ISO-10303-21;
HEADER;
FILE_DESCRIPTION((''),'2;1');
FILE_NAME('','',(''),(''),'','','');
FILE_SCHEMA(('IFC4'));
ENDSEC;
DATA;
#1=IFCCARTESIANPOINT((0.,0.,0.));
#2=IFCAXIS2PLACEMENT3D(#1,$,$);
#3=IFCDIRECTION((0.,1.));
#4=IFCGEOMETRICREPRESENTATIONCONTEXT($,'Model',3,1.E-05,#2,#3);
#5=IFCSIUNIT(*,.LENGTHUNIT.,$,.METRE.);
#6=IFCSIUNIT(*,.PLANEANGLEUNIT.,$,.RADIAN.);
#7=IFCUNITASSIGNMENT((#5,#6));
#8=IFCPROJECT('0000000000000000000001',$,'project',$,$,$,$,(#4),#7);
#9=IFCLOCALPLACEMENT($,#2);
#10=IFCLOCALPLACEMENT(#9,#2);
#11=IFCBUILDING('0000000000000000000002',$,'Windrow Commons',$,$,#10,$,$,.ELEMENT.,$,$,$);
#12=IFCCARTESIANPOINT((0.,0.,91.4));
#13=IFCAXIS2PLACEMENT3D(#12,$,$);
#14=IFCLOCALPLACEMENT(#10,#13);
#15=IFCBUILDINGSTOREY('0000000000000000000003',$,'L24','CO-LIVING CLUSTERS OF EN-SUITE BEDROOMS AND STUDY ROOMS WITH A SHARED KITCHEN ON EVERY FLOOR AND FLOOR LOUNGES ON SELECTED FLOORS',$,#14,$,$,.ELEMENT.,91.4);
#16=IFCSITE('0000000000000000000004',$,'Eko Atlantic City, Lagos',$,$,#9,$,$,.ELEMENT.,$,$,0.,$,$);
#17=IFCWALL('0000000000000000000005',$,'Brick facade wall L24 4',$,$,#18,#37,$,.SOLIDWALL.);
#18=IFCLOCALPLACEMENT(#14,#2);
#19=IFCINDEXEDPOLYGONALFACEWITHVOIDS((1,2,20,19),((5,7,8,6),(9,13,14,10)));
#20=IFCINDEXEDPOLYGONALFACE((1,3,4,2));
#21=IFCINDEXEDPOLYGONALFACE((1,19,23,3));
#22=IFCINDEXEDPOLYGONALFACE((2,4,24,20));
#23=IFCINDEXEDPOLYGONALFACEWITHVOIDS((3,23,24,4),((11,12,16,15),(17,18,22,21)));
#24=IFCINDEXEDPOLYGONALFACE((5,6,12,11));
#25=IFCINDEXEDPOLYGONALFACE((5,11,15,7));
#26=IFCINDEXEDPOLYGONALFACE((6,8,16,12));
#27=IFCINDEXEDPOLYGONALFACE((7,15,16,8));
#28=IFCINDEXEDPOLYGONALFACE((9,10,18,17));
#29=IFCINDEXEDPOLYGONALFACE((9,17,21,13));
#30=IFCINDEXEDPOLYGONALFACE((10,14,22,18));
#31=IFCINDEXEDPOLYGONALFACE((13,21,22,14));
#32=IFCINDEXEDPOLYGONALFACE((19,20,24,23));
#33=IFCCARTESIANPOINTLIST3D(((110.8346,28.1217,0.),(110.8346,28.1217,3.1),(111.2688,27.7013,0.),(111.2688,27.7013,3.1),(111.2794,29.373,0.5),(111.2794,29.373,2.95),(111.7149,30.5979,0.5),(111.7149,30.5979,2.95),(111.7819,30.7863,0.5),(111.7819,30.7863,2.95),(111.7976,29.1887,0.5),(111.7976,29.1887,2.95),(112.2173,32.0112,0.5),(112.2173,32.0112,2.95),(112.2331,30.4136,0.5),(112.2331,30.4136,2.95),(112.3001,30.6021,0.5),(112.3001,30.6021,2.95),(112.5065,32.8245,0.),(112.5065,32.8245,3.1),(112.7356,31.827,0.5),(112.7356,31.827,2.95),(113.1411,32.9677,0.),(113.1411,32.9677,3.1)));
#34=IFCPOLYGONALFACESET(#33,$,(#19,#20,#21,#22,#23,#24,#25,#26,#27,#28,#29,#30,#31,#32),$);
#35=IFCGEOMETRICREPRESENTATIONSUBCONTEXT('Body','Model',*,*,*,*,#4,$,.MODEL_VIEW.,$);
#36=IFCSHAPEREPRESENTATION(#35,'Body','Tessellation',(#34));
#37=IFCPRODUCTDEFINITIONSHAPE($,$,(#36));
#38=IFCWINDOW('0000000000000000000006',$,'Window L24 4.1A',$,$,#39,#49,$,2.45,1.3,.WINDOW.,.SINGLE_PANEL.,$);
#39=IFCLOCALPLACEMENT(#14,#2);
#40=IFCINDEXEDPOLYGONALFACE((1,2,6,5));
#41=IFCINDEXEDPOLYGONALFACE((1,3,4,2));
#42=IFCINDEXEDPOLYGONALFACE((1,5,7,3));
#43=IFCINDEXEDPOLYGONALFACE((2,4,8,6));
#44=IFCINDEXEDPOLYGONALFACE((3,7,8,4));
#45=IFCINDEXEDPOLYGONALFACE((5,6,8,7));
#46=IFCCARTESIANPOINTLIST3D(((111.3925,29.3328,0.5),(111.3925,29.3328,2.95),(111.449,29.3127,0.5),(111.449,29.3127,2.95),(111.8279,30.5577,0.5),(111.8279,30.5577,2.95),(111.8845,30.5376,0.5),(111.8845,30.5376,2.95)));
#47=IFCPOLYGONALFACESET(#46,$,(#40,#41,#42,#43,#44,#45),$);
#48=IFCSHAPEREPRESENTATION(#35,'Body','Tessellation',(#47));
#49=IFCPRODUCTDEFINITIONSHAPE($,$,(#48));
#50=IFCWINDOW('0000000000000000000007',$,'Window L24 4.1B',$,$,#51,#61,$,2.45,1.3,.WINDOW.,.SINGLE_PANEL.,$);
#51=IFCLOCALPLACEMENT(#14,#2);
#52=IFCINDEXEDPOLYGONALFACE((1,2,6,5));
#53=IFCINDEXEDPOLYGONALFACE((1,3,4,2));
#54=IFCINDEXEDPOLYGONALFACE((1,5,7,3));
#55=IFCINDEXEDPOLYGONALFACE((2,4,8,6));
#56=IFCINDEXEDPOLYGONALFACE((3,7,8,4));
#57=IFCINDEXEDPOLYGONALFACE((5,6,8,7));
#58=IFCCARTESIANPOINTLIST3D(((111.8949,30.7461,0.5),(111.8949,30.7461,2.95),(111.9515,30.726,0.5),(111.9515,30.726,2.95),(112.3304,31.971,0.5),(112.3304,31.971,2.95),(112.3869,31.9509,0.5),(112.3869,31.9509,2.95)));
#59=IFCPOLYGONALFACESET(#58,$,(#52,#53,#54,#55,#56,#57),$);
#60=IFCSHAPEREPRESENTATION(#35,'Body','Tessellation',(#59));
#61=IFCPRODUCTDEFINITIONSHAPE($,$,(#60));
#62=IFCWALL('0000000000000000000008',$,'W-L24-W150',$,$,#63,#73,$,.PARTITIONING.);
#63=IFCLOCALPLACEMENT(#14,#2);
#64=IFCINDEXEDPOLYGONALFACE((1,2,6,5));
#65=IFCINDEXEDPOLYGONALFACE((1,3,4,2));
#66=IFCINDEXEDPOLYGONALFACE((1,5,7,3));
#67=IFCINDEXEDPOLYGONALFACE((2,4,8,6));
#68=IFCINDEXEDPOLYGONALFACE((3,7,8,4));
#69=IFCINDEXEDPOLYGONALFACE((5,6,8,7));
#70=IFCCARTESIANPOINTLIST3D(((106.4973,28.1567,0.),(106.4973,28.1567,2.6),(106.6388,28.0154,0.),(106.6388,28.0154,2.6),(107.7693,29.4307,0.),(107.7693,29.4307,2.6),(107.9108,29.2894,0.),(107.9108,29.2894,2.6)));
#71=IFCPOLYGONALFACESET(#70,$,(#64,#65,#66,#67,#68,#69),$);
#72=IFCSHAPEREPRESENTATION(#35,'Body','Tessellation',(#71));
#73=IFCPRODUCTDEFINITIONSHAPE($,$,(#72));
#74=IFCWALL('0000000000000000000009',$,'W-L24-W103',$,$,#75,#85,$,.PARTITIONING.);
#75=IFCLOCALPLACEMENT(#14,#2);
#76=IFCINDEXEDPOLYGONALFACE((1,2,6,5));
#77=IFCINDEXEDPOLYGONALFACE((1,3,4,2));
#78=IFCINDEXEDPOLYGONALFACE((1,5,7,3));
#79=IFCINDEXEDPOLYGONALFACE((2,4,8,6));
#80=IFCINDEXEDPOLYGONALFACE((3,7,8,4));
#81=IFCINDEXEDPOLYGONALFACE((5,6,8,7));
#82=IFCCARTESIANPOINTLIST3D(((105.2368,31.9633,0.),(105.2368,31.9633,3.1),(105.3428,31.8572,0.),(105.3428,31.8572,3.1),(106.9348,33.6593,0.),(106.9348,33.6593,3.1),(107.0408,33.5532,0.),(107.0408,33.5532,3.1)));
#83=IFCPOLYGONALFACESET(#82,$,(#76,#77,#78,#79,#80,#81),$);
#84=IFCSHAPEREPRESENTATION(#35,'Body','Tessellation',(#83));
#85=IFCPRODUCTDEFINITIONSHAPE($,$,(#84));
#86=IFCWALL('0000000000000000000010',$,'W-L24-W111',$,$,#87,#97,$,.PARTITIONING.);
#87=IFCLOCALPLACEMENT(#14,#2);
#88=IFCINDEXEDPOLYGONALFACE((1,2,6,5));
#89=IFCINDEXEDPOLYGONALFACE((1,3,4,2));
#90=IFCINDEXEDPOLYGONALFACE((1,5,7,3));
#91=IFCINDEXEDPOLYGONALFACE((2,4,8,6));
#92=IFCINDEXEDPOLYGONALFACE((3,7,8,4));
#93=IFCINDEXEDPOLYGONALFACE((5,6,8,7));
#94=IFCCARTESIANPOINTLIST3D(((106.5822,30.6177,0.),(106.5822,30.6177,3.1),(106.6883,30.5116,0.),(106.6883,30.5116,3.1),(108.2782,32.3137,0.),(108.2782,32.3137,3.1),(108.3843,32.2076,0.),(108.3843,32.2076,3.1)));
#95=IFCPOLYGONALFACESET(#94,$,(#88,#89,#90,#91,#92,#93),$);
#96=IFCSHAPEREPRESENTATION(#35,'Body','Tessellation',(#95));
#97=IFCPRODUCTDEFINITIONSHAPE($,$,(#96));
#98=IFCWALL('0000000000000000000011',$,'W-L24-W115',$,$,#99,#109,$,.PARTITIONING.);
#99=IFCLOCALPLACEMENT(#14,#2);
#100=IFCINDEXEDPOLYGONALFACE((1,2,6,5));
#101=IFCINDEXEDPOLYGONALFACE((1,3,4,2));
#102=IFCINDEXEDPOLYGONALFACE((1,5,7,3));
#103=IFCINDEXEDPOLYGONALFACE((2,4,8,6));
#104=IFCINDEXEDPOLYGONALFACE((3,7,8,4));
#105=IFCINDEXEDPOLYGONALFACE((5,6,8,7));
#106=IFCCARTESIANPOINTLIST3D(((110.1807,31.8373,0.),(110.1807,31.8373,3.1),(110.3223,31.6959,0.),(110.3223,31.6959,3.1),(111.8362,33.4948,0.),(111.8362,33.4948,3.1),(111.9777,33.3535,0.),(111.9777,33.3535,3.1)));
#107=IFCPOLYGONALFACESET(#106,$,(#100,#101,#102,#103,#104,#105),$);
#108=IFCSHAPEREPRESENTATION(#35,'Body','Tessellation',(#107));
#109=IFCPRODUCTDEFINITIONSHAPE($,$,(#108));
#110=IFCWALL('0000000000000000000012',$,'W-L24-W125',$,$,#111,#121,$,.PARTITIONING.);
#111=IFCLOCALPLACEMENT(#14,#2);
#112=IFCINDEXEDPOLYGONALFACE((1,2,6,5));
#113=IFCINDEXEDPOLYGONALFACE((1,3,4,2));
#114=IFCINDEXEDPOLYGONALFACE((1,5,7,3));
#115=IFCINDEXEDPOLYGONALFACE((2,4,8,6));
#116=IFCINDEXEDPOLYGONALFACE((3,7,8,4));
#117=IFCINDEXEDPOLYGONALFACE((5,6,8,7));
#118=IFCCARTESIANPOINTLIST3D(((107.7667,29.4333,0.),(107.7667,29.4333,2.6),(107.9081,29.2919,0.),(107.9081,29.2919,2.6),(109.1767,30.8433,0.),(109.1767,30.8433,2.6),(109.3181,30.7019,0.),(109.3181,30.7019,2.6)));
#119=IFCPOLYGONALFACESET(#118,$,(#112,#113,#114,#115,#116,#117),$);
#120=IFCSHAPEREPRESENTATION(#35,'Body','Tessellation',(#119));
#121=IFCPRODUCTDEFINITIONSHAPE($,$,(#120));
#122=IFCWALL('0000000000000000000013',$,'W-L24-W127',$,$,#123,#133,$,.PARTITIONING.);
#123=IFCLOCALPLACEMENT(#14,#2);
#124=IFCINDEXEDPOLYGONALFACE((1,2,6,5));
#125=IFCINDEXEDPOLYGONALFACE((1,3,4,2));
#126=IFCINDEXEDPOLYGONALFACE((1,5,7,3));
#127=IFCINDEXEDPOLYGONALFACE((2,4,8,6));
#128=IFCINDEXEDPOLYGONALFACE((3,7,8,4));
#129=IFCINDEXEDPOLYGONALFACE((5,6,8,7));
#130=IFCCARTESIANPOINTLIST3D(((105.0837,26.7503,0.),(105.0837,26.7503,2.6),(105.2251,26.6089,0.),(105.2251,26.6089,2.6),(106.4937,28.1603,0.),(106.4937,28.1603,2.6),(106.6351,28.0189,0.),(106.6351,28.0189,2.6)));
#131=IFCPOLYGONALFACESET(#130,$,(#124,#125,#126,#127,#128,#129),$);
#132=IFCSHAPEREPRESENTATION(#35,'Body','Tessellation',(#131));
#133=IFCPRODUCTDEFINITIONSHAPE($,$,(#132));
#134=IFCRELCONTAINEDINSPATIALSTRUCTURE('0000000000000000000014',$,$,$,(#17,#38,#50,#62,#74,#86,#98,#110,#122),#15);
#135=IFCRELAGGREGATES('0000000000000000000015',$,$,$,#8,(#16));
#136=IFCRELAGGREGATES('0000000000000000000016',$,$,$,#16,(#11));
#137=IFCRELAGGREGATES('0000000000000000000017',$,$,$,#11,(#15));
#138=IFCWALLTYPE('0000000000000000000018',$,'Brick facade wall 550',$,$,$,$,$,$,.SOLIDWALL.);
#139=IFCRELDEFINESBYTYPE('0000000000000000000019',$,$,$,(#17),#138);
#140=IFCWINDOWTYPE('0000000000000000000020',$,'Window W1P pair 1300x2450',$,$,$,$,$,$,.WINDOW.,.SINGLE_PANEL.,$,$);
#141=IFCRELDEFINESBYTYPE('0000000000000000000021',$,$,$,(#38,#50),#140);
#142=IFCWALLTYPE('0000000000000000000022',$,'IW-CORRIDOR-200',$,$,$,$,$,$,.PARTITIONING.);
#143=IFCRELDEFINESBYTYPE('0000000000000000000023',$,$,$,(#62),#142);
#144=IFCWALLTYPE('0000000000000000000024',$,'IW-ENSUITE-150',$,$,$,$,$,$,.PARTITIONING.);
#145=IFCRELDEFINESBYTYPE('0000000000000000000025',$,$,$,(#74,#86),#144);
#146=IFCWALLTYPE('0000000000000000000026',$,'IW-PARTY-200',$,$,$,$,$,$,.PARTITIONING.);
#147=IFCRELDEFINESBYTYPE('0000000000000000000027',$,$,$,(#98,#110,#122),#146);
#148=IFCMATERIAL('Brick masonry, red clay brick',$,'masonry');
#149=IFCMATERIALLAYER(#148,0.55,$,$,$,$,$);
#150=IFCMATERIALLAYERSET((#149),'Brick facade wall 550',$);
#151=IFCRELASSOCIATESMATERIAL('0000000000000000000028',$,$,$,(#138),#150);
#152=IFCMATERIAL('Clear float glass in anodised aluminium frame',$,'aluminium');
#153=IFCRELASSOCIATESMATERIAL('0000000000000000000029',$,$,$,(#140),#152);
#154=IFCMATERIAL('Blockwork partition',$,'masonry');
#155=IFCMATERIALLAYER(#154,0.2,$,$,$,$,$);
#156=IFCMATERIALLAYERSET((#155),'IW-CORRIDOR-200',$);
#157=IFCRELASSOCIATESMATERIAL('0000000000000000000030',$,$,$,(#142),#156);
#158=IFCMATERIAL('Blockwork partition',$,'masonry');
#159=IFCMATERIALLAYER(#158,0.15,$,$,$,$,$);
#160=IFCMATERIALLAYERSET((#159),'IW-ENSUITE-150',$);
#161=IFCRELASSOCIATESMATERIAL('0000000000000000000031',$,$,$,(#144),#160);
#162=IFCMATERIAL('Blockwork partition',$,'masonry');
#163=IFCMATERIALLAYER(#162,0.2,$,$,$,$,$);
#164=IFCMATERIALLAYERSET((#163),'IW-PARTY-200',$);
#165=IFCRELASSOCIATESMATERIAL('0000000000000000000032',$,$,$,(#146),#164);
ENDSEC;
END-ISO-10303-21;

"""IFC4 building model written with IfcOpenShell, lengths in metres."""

from ifc_helpers import new_model, si_unit, direction, frame, frame_2d, origin, place, context, subcontext, project, spatial, polyline, rectangle, outline, extrude, material, layer, layer_set, type_object, element, fill, save


model = new_model("IFC4")

# Units and contexts
model_context = context("Model", 3, precision=1e-05, world=origin(), true_north=direction((0.0, 1.0)))
body_context = subcontext(model_context, "Body", "Model", "MODEL_VIEW")
ifc_project = project(units=[si_unit("LENGTHUNIT", "METRE"), si_unit("PLANEANGLEUNIT", "RADIAN")], contexts=[model_context])

# Site, building, storey
site_placement = place(None, origin())
site = spatial("IfcSite", under=ifc_project, at=site_placement, Name="Eko Atlantic City, Lagos", CompositionType="ELEMENT", RefElevation=0.0)
building_placement = place(site_placement, origin())
building = spatial("IfcBuilding", under=site, at=building_placement, Name="Windrow Commons", CompositionType="ELEMENT")
storey_placement = place(building_placement, frame((0.0, 0.0, 91.4)))
storey = spatial("IfcBuildingStorey", under=building, at=storey_placement, Name="L24", Description="CO-LIVING CLUSTERS OF EN-SUITE BEDROOMS AND STUDY ROOMS WITH A SHARED KITCHEN ON EVERY FLOOR AND FLOOR LOUNGES ON SELECTED FLOORS", CompositionType="ELEMENT", Elevation=91.4)

# Wall, openings, windows
ifc_material_1 = material(Name="Brick masonry, red clay brick", Category="masonry")
ifc_layer_1 = layer(ifc_material_1, 0.55)
ifc_layer_set_1 = layer_set([ifc_layer_1], Name="Brick facade wall 550")
wall_type_1 = type_object("IfcWallType", Name="Brick facade wall 550", PredefinedType="SOLIDWALL", material=ifc_layer_set_1)
ifc_material_2 = material(Name="Clear float glass in anodised aluminium frame", Category="aluminium")
window_type_1 = type_object("IfcWindowType", Name="Window W1P pair 1300x2450", PartitioningType="SINGLE_PANEL", PredefinedType="WINDOW", material=ifc_material_2)
wall_1_placement = place(storey_placement, frame((111.0517, 27.9115, 0.0), z_axis=(0.0, 0.0, 1.0), x_axis=(0.334976, 0.942227, 0.0)))
wall_1 = element("IfcWall", 1, at=wall_1_placement, inside=storey, type_object=wall_type_1, Name="Brick facade wall L24 4", PredefinedType="SOLIDWALL", context=body_context, shape_type="SweptSolid", body=[
    extrude(outline(polyline([(-0.1253, -0.275), (5.464, -0.275), (5.1165, 0.275), (0.1253, 0.275), (-0.1253, -0.275)])), origin(), (0.0, 0.0, 1.0), 3.1),
])
opening_1_placement = place(wall_1_placement, frame((1.4533, 0.0, 0.5)))
opening_1 = element("IfcOpeningElement", 2, at=opening_1_placement, cuts=wall_1, PredefinedType="OPENING", context=body_context, shape_type="SweptSolid", body=[
    extrude(rectangle(XDim=1.3, YDim=2.45, at=frame_2d((0.65, 1.225))), frame((0.0, 0.285, 0.0), z_axis=(0.0, -1.0, 0.0), x_axis=(1.0, 0.0, 0.0)), (0.0, 0.0, 1.0), 0.57),
])
opening_2_placement = place(wall_1_placement, frame((2.9533, 0.0, 0.5)))
opening_2 = element("IfcOpeningElement", 3, at=opening_2_placement, cuts=wall_1, PredefinedType="OPENING", context=body_context, shape_type="SweptSolid", body=[
    extrude(rectangle(XDim=1.3, YDim=2.45, at=frame_2d((0.65, 1.225))), frame((0.0, 0.285, 0.0), z_axis=(0.0, -1.0, 0.0), x_axis=(1.0, 0.0, 0.0)), (0.0, 0.0, 1.0), 0.57),
])
window_1_placement = place(opening_1_placement, origin())
window_1 = element("IfcWindow", 4, at=window_1_placement, inside=storey, type_object=window_type_1, Name="Window L24 4.1A", OverallHeight=2.45, OverallWidth=1.3, PartitioningType="SINGLE_PANEL", PredefinedType="WINDOW", context=body_context, shape_type="SweptSolid", body=[
    extrude(rectangle(XDim=1.3, YDim=2.45, at=frame_2d((0.65, 1.225))), frame((0.0, 0.155, 0.0), z_axis=(0.0, -1.0, 0.0), x_axis=(1.0, 0.0, 0.0)), (0.0, 0.0, 1.0), 0.06),
])
fill(opening_1, window_1)
window_2_placement = place(opening_2_placement, origin())
window_2 = element("IfcWindow", 5, at=window_2_placement, inside=storey, type_object=window_type_1, Name="Window L24 4.1B", OverallHeight=2.45, OverallWidth=1.3, PartitioningType="SINGLE_PANEL", PredefinedType="WINDOW", context=body_context, shape_type="SweptSolid", body=[
    extrude(rectangle(XDim=1.3, YDim=2.45, at=frame_2d((0.65, 1.225))), frame((0.0, 0.155, 0.0), z_axis=(0.0, -1.0, 0.0), x_axis=(1.0, 0.0, 0.0)), (0.0, 0.0, 1.0), 0.06),
])
fill(opening_2, window_2)

# Walls
ifc_material_3 = material(Name="Blockwork partition", Category="masonry")
ifc_layer_2 = layer(ifc_material_3, 0.2)
ifc_layer_set_2 = layer_set([ifc_layer_2], Name="IW-CORRIDOR-200")
wall_type_2 = type_object("IfcWallType", Name="IW-CORRIDOR-200", PredefinedType="PARTITIONING", material=ifc_layer_set_2)
wall_2_placement = place(storey_placement, frame((106.568, 28.086, 0.0), z_axis=(0.0, 0.0, 1.0), x_axis=(0.706551, 0.707662, 0.0)))
element("IfcWall", 6, at=wall_2_placement, inside=storey, type_object=wall_type_2, Name="W-L24-W150", PredefinedType="PARTITIONING", context=body_context, shape_type="SweptSolid", body=[
    extrude(rectangle(XDim=1.8003, YDim=0.2, at=frame_2d((0.9002, 0.0))), origin(), (0.0, 0.0, 1.0), 2.6),
])
ifc_material_4 = material(Name="Blockwork partition", Category="masonry")
ifc_layer_3 = layer(ifc_material_4, 0.15)
ifc_layer_set_3 = layer_set([ifc_layer_3], Name="IW-ENSUITE-150")
wall_type_3 = type_object("IfcWallType", Name="IW-ENSUITE-150", PredefinedType="PARTITIONING", material=ifc_layer_set_3)
wall_3_placement = place(storey_placement, frame((105.2898, 31.9102, 0.0), z_axis=(0.0, 0.0, 1.0), x_axis=(0.707523, 0.70669, 0.0)))
element("IfcWall", 7, at=wall_3_placement, inside=storey, type_object=wall_type_3, Name="W-L24-W103", PredefinedType="PARTITIONING", context=body_context, shape_type="SweptSolid", body=[
    extrude(rectangle(XDim=2.3999, YDim=0.15, at=frame_2d((1.2, 0.0))), origin(), (0.0, 0.0, 1.0), 3.1),
])
wall_4_placement = place(storey_placement, frame((106.6353, 30.5647, 0.0), z_axis=(0.0, 0.0, 1.0), x_axis=(0.707107, 0.707107, 0.0)))
element("IfcWall", 8, at=wall_4_placement, inside=storey, type_object=wall_type_3, Name="W-L24-W111", PredefinedType="PARTITIONING", context=body_context, shape_type="SweptSolid", body=[
    extrude(rectangle(XDim=2.3985, YDim=0.15, at=frame_2d((1.1992, 0.0))), origin(), (0.0, 0.0, 1.0), 3.1),
])
ifc_material_5 = material(Name="Blockwork partition", Category="masonry")
ifc_layer_4 = layer(ifc_material_5, 0.2)
ifc_layer_set_4 = layer_set([ifc_layer_4], Name="IW-PARTY-200")
wall_type_4 = type_object("IfcWallType", Name="IW-PARTY-200", PredefinedType="PARTITIONING", material=ifc_layer_set_4)
wall_5_placement = place(storey_placement, frame((110.2515, 31.7666, 0.0), z_axis=(0.0, 0.0, 1.0), x_axis=(0.706658, 0.707555, 0.0)))
element("IfcWall", 9, at=wall_5_placement, inside=storey, type_object=wall_type_4, Name="W-L24-W115", PredefinedType="PARTITIONING", context=body_context, shape_type="SweptSolid", body=[
    extrude(rectangle(XDim=2.3426, YDim=0.2, at=frame_2d((1.1713, 0.0))), origin(), (0.0, 0.0, 1.0), 3.1),
])
for number, where, z_axis, x_axis, name in (
    (10, (107.8374, 29.3626, 0.0), (0.0, 0.0, 1.0), (0.707107, 0.707107, 0.0), "W-L24-W125"),
    (11, (105.1544, 26.6796, 0.0), (0.0, 0.0, 1.0), (0.707107, 0.707107, 0.0), "W-L24-W127"),
):
    element("IfcWall", number, at=place(storey_placement, frame(where, z_axis=z_axis, x_axis=x_axis)), inside=storey, type_object=wall_type_4, Name=name, PredefinedType="PARTITIONING", context=body_context, shape_type="SweptSolid", body=[
        extrude(rectangle(XDim=1.994, YDim=0.2, at=frame_2d((0.997, 0.0))), origin(), (0.0, 0.0, 1.0), 2.6),
    ])

save(model, "model.ifc")
